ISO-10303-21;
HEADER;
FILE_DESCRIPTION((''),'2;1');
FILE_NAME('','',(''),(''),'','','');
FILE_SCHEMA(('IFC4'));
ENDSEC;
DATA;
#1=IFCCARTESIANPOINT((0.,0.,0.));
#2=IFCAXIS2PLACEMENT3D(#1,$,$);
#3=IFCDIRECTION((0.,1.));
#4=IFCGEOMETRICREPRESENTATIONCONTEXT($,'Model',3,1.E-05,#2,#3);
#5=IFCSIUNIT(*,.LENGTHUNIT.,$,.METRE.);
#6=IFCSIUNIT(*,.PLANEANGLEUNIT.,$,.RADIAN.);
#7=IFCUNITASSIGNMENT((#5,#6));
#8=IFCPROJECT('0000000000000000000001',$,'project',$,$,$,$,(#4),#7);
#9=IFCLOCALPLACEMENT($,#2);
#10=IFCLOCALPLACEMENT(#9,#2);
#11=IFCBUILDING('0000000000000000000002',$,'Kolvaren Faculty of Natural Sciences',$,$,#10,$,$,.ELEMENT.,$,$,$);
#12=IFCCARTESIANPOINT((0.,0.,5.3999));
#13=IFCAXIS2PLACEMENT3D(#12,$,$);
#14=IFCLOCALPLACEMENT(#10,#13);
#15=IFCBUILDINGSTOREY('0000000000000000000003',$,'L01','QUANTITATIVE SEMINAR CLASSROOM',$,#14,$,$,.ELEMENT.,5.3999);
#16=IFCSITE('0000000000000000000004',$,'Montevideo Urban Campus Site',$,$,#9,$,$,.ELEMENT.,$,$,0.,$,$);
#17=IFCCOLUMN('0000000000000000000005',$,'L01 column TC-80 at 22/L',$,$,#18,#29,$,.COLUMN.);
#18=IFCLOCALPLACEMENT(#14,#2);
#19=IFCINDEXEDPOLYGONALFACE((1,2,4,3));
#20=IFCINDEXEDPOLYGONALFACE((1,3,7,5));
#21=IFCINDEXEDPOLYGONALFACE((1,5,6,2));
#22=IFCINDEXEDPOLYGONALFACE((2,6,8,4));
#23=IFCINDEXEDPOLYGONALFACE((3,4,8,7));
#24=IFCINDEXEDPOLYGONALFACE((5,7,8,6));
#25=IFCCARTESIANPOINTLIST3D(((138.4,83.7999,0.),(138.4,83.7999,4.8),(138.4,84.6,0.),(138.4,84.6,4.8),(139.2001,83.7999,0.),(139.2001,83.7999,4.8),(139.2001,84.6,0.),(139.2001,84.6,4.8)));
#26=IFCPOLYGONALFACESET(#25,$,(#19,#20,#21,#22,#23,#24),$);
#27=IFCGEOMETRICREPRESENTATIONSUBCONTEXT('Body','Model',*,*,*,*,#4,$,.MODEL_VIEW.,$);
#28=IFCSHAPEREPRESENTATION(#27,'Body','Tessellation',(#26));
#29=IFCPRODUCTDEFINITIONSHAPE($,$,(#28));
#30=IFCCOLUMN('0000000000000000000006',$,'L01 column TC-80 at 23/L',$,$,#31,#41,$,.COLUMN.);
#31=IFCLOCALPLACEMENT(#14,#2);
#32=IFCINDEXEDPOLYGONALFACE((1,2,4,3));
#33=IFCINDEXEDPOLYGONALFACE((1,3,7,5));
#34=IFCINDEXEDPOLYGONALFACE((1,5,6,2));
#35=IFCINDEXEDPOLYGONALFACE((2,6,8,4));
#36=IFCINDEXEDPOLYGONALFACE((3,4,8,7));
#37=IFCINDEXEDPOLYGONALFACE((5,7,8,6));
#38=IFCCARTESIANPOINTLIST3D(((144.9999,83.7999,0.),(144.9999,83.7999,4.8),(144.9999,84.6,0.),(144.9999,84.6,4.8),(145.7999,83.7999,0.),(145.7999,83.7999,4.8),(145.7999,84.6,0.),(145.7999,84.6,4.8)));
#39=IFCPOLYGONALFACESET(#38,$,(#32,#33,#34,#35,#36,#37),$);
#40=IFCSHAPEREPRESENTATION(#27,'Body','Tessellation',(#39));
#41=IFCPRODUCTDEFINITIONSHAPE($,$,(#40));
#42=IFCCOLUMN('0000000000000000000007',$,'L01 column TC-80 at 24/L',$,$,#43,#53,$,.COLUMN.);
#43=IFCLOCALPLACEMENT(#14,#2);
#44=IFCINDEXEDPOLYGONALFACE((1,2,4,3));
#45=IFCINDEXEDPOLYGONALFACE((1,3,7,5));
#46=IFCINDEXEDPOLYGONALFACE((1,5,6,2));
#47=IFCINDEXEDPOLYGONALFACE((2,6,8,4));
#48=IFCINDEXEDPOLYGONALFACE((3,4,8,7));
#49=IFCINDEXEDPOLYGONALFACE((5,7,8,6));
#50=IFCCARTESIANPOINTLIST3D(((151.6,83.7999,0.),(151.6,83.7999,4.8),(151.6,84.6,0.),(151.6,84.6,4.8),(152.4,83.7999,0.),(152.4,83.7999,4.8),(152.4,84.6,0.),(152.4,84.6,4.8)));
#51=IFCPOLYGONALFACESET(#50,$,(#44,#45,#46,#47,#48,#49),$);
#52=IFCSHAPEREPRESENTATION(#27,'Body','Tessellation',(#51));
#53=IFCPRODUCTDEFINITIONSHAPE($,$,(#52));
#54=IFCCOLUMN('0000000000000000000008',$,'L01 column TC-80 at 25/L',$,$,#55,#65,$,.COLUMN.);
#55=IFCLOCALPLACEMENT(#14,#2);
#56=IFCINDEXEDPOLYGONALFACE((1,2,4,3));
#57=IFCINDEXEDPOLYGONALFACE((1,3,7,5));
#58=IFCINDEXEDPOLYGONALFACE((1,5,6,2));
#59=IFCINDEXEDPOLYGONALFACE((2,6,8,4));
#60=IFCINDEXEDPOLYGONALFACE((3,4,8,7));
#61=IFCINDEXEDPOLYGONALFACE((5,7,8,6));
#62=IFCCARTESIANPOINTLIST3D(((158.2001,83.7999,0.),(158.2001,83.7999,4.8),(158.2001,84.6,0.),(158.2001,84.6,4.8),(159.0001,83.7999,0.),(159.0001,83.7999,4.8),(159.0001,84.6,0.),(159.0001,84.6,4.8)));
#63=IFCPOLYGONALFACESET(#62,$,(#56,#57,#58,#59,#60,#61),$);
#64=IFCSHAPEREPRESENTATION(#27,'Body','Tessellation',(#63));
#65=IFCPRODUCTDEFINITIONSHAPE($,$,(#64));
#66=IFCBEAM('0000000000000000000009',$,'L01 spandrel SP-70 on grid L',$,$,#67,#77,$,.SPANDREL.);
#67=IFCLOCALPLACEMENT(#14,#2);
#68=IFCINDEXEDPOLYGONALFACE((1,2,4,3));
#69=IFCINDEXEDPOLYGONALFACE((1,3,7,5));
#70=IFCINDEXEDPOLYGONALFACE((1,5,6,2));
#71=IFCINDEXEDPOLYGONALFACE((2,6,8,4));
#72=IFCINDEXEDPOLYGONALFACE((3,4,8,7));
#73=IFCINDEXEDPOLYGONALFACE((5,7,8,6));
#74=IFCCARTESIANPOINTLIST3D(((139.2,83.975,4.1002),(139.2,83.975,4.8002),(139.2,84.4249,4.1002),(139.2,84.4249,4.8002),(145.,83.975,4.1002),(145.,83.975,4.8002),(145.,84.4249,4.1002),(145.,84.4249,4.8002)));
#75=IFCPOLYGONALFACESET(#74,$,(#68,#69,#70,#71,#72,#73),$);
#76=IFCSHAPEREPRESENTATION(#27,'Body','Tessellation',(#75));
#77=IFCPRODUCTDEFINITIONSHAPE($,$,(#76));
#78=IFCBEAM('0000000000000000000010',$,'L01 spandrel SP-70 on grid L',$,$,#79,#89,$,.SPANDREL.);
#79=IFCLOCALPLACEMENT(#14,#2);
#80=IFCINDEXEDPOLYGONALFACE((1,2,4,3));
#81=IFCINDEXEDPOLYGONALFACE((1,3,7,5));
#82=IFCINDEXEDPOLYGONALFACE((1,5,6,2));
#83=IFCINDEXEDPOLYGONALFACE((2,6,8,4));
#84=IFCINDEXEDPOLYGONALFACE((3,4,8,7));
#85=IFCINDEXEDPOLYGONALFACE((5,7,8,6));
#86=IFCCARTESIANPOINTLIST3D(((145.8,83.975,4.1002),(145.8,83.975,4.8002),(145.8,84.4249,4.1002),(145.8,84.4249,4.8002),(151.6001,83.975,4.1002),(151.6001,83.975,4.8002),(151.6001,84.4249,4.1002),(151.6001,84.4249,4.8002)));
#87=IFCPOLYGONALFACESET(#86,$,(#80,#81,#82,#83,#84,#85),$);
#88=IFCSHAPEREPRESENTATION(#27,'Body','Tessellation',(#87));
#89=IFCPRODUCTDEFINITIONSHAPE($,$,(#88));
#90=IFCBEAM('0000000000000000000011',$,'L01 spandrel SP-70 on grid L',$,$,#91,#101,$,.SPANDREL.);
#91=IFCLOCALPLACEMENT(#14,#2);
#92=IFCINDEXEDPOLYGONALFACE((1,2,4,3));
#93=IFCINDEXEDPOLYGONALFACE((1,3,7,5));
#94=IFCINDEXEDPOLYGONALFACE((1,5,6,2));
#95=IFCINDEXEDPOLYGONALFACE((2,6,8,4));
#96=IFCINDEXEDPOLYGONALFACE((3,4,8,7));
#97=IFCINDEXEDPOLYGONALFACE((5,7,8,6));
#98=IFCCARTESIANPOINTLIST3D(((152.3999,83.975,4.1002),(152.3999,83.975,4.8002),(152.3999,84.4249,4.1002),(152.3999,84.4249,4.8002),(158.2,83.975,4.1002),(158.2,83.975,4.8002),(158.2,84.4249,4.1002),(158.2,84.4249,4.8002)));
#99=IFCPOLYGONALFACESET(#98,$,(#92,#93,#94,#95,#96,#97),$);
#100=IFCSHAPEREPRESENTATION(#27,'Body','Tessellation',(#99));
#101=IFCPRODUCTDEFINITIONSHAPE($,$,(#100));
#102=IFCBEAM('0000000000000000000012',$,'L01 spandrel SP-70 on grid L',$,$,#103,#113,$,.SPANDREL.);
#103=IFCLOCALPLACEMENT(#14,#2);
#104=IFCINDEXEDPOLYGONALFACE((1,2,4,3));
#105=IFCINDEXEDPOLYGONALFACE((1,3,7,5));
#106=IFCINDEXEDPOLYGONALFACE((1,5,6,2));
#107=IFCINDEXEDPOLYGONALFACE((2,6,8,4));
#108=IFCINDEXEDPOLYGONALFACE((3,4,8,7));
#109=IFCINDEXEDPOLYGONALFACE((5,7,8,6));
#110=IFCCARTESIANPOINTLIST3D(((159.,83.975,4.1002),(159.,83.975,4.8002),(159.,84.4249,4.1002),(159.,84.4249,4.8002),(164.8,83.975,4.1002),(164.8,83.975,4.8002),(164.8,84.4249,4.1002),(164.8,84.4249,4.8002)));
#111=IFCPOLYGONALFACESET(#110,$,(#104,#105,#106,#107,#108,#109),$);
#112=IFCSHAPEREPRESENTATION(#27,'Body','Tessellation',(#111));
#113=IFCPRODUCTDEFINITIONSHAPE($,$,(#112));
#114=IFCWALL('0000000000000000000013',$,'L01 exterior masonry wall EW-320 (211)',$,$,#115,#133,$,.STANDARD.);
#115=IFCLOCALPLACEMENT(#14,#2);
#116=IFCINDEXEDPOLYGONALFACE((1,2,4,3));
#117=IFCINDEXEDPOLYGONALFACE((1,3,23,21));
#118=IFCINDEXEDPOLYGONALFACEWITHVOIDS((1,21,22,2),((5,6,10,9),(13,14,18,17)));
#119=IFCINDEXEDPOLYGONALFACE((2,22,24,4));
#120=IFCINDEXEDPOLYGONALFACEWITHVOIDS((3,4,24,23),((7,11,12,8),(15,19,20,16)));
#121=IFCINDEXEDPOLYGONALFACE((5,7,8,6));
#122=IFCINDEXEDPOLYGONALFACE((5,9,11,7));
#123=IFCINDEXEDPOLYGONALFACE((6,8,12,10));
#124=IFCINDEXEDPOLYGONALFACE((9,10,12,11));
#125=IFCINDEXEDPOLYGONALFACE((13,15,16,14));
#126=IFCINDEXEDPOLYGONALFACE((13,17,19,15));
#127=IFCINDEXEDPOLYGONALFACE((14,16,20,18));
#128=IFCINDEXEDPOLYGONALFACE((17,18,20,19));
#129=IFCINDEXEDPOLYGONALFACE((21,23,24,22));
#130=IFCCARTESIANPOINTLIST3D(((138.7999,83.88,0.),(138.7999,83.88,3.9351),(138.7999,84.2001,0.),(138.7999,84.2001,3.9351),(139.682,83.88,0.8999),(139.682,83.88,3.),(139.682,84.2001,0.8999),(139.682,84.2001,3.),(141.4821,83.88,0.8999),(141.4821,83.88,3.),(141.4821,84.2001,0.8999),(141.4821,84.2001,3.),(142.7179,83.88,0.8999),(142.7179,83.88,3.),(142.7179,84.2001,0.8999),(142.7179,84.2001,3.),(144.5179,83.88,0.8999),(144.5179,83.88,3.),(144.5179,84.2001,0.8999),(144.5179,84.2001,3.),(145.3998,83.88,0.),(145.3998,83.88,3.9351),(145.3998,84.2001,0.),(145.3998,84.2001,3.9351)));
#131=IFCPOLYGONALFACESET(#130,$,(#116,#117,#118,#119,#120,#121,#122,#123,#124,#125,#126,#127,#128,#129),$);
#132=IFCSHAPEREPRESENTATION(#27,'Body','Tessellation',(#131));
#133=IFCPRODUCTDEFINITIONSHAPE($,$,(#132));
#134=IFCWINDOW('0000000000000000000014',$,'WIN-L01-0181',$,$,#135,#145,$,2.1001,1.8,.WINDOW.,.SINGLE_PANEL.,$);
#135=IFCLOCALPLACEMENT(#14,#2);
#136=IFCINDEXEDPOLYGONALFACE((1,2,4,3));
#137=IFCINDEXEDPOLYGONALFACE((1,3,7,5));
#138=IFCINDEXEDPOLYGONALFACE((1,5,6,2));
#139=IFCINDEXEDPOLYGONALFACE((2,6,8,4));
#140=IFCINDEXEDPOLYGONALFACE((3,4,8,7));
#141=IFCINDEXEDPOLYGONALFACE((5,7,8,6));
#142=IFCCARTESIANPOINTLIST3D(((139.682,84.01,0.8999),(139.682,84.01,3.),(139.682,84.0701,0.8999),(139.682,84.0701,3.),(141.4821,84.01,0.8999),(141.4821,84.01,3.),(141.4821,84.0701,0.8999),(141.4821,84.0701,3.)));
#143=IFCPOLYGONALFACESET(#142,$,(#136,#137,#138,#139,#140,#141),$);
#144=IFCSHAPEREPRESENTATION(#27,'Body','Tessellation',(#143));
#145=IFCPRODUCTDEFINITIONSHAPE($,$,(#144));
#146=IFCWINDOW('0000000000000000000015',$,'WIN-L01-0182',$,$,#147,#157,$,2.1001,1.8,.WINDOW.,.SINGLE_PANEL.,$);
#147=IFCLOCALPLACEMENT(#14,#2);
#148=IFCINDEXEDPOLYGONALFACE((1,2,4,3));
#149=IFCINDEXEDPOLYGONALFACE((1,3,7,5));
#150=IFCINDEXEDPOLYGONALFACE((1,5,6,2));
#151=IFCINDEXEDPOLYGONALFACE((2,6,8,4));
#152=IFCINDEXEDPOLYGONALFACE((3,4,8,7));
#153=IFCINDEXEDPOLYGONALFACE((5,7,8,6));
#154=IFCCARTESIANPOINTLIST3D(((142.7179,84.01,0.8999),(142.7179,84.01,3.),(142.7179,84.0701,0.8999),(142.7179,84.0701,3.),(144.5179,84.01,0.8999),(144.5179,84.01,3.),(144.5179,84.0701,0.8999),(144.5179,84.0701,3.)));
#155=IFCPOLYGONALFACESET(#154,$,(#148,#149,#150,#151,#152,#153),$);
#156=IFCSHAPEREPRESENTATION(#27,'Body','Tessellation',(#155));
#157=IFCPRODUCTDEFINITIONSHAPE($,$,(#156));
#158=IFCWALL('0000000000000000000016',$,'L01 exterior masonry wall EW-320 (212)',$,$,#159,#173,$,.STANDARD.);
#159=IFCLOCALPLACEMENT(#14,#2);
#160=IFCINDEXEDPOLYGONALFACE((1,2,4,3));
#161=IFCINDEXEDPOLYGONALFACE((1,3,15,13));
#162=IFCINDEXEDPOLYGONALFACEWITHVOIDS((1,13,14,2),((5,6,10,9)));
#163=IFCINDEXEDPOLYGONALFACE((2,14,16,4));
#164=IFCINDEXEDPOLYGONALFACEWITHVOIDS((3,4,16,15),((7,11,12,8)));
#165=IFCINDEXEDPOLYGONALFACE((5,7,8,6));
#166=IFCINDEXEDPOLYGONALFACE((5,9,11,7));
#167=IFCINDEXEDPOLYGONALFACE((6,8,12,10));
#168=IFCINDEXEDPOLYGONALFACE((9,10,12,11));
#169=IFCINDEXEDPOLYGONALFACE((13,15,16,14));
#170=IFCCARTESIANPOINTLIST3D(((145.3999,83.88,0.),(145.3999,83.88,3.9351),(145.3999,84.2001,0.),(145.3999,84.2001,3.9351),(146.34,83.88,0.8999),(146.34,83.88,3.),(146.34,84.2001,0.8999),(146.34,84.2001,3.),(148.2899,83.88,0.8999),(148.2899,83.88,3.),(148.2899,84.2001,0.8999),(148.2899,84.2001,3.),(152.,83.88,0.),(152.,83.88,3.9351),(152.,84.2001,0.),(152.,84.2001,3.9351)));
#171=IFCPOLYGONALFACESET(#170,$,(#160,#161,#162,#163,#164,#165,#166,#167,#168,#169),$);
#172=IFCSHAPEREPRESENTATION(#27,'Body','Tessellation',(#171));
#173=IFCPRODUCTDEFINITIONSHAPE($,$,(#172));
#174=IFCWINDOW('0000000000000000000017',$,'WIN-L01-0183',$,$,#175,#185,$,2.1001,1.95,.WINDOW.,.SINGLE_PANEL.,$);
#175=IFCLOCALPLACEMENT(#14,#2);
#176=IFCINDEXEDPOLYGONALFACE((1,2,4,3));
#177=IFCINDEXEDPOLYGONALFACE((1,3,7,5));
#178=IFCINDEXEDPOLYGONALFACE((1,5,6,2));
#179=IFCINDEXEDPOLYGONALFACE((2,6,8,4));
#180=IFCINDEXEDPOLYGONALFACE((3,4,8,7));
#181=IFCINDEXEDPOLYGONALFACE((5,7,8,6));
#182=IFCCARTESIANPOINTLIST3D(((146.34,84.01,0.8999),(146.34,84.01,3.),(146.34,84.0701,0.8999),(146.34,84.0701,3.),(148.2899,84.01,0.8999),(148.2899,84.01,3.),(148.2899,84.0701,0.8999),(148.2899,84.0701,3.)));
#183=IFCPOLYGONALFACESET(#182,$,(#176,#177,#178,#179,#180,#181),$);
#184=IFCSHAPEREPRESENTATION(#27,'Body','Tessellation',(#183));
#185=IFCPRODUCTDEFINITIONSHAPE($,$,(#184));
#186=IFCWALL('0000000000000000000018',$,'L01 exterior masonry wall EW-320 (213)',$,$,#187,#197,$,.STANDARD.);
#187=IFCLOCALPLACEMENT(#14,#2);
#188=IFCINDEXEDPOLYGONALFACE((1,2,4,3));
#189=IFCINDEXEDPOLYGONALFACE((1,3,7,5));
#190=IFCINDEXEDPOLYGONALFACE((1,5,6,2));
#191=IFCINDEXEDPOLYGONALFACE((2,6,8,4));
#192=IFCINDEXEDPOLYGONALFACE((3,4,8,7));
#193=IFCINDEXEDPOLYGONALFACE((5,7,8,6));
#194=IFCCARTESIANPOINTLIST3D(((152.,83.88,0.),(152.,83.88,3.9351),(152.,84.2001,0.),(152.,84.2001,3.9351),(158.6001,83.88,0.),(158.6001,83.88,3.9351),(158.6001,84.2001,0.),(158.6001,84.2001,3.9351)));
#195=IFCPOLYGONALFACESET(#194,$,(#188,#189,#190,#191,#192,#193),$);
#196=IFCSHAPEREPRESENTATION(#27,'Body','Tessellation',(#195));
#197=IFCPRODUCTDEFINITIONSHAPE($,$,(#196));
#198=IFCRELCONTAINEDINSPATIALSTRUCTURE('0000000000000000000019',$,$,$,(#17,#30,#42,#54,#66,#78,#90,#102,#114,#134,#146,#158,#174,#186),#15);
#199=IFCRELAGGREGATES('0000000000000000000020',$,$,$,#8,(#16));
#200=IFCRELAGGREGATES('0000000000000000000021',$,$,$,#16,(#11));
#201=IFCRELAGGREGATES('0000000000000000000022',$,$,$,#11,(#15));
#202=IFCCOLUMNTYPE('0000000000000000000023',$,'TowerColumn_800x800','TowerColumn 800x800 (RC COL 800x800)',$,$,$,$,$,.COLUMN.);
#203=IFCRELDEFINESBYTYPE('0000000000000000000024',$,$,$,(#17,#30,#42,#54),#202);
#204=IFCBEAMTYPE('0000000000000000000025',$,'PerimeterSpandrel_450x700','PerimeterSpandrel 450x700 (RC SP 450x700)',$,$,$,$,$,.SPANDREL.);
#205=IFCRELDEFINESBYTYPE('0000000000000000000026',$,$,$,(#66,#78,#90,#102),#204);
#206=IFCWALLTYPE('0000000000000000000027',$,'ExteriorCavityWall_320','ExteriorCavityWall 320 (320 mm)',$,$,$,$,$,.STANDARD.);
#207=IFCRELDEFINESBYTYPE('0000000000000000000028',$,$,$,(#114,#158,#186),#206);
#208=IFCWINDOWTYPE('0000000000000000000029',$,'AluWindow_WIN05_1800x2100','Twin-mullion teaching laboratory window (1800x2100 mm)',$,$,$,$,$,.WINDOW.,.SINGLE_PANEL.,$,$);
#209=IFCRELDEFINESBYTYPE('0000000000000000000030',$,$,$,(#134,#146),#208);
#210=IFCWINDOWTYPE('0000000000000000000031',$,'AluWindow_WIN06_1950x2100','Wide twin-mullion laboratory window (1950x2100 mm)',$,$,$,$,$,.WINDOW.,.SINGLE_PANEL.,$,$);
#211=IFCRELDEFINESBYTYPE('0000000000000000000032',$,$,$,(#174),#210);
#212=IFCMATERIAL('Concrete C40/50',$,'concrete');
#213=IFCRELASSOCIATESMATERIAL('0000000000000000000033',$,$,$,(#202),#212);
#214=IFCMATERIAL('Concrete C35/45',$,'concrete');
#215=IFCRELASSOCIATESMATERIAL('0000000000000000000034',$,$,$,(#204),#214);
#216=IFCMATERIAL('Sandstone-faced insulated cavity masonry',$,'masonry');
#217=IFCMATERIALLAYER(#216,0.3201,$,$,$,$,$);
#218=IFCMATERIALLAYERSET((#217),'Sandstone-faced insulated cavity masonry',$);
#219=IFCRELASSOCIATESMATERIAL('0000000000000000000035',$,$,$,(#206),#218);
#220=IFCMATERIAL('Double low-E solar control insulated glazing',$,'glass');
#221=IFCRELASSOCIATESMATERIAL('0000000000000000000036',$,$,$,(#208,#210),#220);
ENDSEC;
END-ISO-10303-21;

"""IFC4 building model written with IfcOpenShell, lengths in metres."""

from ifc_helpers import new_model, si_unit, direction, frame, frame_2d, origin, origin_2d, place, context, subcontext, project, spatial, rectangle, extrude, material, layer, layer_set, material_profile, profile_set, type_object, element, fill, save


model = new_model("IFC4")

# Units and contexts
model_context = context("Model", 3, precision=1e-05, world=origin(), true_north=direction((0.0, 1.0)))
body_context = subcontext(model_context, "Body", "Model", "MODEL_VIEW")
ifc_project = project(units=[si_unit("LENGTHUNIT", "METRE"), si_unit("PLANEANGLEUNIT", "RADIAN")], contexts=[model_context])

# Site, building, storey
site_placement = place(None, origin())
site = spatial("IfcSite", under=ifc_project, at=site_placement, Name="Montevideo Urban Campus Site", CompositionType="ELEMENT", RefElevation=0.0)
building_placement = place(site_placement, origin())
building = spatial("IfcBuilding", under=site, at=building_placement, Name="Kolvaren Faculty of Natural Sciences", CompositionType="ELEMENT")
storey_placement = place(building_placement, frame((0.0, 0.0, 5.3999)))
storey = spatial("IfcBuildingStorey", under=building, at=storey_placement, Name="L01", Description="QUANTITATIVE SEMINAR CLASSROOM", CompositionType="ELEMENT", Elevation=5.3999)

# Columns
ifc_material_1 = material(Name="Concrete C40/50", Category="concrete")
ifc_material_profile_1 = material_profile(ifc_material_1, rectangle(XDim=0.8, YDim=0.8, at=origin_2d()), Name="RC COL 800x800")
ifc_profile_set_1 = profile_set([ifc_material_profile_1], Name="Concrete C40/50")
column_type = type_object("IfcColumnType", Name="TowerColumn_800x800", Description="TowerColumn 800x800 (RC COL 800x800)", PredefinedType="COLUMN", material=ifc_profile_set_1)
for number, where, z_axis, x_axis, name in (
    (1, (138.8, 84.2, 0.0), (0.0, 0.0, 1.0), (1.0, 0.0, 0.0), "L01 column TC-80 at 22/L"),
    (2, (145.3999, 84.2, 0.0), (0.0, 0.0, 1.0), (1.0, 0.0, 0.0), "L01 column TC-80 at 23/L"),
    (3, (152.0, 84.2, 0.0), (0.0, 0.0, 1.0), (1.0, 0.0, 0.0), "L01 column TC-80 at 24/L"),
    (4, (158.6001, 84.2, 0.0), (0.0, 0.0, 1.0), (1.0, 0.0, 0.0), "L01 column TC-80 at 25/L"),
):
    element("IfcColumn", number, at=place(storey_placement, frame(where, z_axis=z_axis, x_axis=x_axis)), inside=storey, type_object=column_type, Name=name, PredefinedType="COLUMN", context=body_context, shape_type="SweptSolid", body=[
        extrude(rectangle(XDim=0.8, YDim=0.8, at=origin_2d()), origin(), (0.0, 0.0, 1.0), 4.8),
    ])

# Beams
ifc_material_2 = material(Name="Concrete C35/45", Category="concrete")
ifc_material_profile_2 = material_profile(ifc_material_2, rectangle(XDim=0.45, YDim=0.7, at=origin_2d()), Name="RC SP 450x700")
ifc_profile_set_2 = profile_set([ifc_material_profile_2], Name="Concrete C35/45")
beam_type = type_object("IfcBeamType", Name="PerimeterSpandrel_450x700", Description="PerimeterSpandrel 450x700 (RC SP 450x700)", PredefinedType="SPANDREL", material=ifc_profile_set_2)
for number, where, z_axis, x_axis, name in (
    (5, (139.2, 84.2, 4.4502), (1.0, 0.0, 0.0), (0.0, 1.0, 0.0), "L01 spandrel SP-70 on grid L"),
    (6, (145.8, 84.2, 4.4502), (1.0, 0.0, 0.0), (0.0, 1.0, 0.0), "L01 spandrel SP-70 on grid L"),
    (7, (152.3999, 84.2, 4.4502), (1.0, 0.0, 0.0), (0.0, 1.0, 0.0), "L01 spandrel SP-70 on grid L"),
    (8, (159.0, 84.2, 4.4502), (1.0, 0.0, 0.0), (0.0, 1.0, 0.0), "L01 spandrel SP-70 on grid L"),
):
    element("IfcBeam", number, at=place(storey_placement, frame(where, z_axis=z_axis, x_axis=x_axis)), inside=storey, type_object=beam_type, Name=name, PredefinedType="SPANDREL", context=body_context, shape_type="SweptSolid", body=[
        extrude(rectangle(XDim=0.45, YDim=0.7, at=origin_2d()), origin(), (0.0, 0.0, 1.0), 5.8),
    ])

# Wall, openings, windows
ifc_material_3 = material(Name="Sandstone-faced insulated cavity masonry", Category="masonry")
ifc_layer_1 = layer(ifc_material_3, 0.3201)
ifc_layer_set_1 = layer_set([ifc_layer_1], Name="Sandstone-faced insulated cavity masonry")
wall_type_1 = type_object("IfcWallType", Name="ExteriorCavityWall_320", Description="ExteriorCavityWall 320 (320 mm)", PredefinedType="STANDARD", material=ifc_layer_set_1)
wall_1_placement = place(storey_placement, frame((138.8, 84.04, 0.0), z_axis=(0.0, 0.0, 1.0), x_axis=(1.0, 0.0, 0.0)))
wall_1 = element("IfcWall", 9, at=wall_1_placement, inside=storey, type_object=wall_type_1, Name="L01 exterior masonry wall EW-320 (211)", PredefinedType="STANDARD", context=body_context, shape_type="SweptSolid", body=[
    extrude(rectangle(XDim=6.5999, YDim=0.3201, at=frame_2d((3.2998, 0.0))), origin(), (0.0, 0.0, 1.0), 3.9351),
])
opening_1_placement = place(wall_1_placement, frame((0.8821, 0.0, 0.8999)))
opening_1 = element("IfcOpeningElement", 10, at=opening_1_placement, cuts=wall_1, PredefinedType="OPENING", context=body_context, shape_type="SweptSolid", body=[
    extrude(rectangle(XDim=1.8, YDim=2.1001, at=frame_2d((0.8999, 1.05))), frame((0.0, 0.1699, 0.0), z_axis=(0.0, -1.0, 0.0), x_axis=(1.0, 0.0, 0.0)), (0.0, 0.0, 1.0), 0.3401),
])
opening_2_placement = place(wall_1_placement, frame((3.918, 0.0, 0.8999)))
opening_2 = element("IfcOpeningElement", 11, at=opening_2_placement, cuts=wall_1, PredefinedType="OPENING", context=body_context, shape_type="SweptSolid", body=[
    extrude(rectangle(XDim=1.8, YDim=2.1001, at=frame_2d((0.8999, 1.05))), frame((0.0, 0.1699, 0.0), z_axis=(0.0, -1.0, 0.0), x_axis=(1.0, 0.0, 0.0)), (0.0, 0.0, 1.0), 0.3401),
])
ifc_material_4 = material(Name="Double low-E solar control insulated glazing", Category="glass")
window_type_1 = type_object("IfcWindowType", Name="AluWindow_WIN05_1800x2100", Description="Twin-mullion teaching laboratory window (1800x2100 mm)", PartitioningType="SINGLE_PANEL", PredefinedType="WINDOW", material=ifc_material_4)
window_1_placement = place(opening_1_placement, origin())
window_1 = element("IfcWindow", 12, at=window_1_placement, inside=storey, type_object=window_type_1, Name="WIN-L01-0181", OverallHeight=2.1001, OverallWidth=1.8, PartitioningType="SINGLE_PANEL", PredefinedType="WINDOW", context=body_context, shape_type="SweptSolid", body=[
    extrude(rectangle(XDim=1.8, YDim=2.1001, at=frame_2d((0.8999, 1.05))), frame((0.0, 0.03, 0.0), z_axis=(0.0, -1.0, 0.0), x_axis=(1.0, 0.0, 0.0)), (0.0, 0.0, 1.0), 0.0601),
])
fill(opening_1, window_1)
window_2_placement = place(opening_2_placement, origin())
window_2 = element("IfcWindow", 13, at=window_2_placement, inside=storey, type_object=window_type_1, Name="WIN-L01-0182", OverallHeight=2.1001, OverallWidth=1.8, PartitioningType="SINGLE_PANEL", PredefinedType="WINDOW", context=body_context, shape_type="SweptSolid", body=[
    extrude(rectangle(XDim=1.8, YDim=2.1001, at=frame_2d((0.8999, 1.05))), frame((0.0, 0.03, 0.0), z_axis=(0.0, -1.0, 0.0), x_axis=(1.0, 0.0, 0.0)), (0.0, 0.0, 1.0), 0.0601),
])
fill(opening_2, window_2)

# Wall, opening, window
wall_2_placement = place(storey_placement, frame((145.3999, 84.04, 0.0), z_axis=(0.0, 0.0, 1.0), x_axis=(1.0, 0.0, 0.0)))
wall_2 = element("IfcWall", 14, at=wall_2_placement, inside=storey, type_object=wall_type_1, Name="L01 exterior masonry wall EW-320 (212)", PredefinedType="STANDARD", context=body_context, shape_type="SweptSolid", body=[
    extrude(rectangle(XDim=6.6001, YDim=0.3201, at=frame_2d((3.3, 0.0))), origin(), (0.0, 0.0, 1.0), 3.9351),
])
opening_3_placement = place(wall_2_placement, frame((0.9399, 0.0, 0.8999)))
opening_3 = element("IfcOpeningElement", 15, at=opening_3_placement, cuts=wall_2, PredefinedType="OPENING", context=body_context, shape_type="SweptSolid", body=[
    extrude(rectangle(XDim=1.95, YDim=2.1001, at=frame_2d((0.9751, 1.05))), frame((0.0, 0.1699, 0.0), z_axis=(0.0, -1.0, 0.0), x_axis=(1.0, 0.0, 0.0)), (0.0, 0.0, 1.0), 0.3401),
])
window_type_2 = type_object("IfcWindowType", Name="AluWindow_WIN06_1950x2100", Description="Wide twin-mullion laboratory window (1950x2100 mm)", PartitioningType="SINGLE_PANEL", PredefinedType="WINDOW", material=ifc_material_4)
window_3_placement = place(opening_3_placement, origin())
window_3 = element("IfcWindow", 16, at=window_3_placement, inside=storey, type_object=window_type_2, Name="WIN-L01-0183", OverallHeight=2.1001, OverallWidth=1.95, PartitioningType="SINGLE_PANEL", PredefinedType="WINDOW", context=body_context, shape_type="SweptSolid", body=[
    extrude(rectangle(XDim=1.95, YDim=2.1001, at=frame_2d((0.9751, 1.05))), frame((0.0, 0.03, 0.0), z_axis=(0.0, -1.0, 0.0), x_axis=(1.0, 0.0, 0.0)), (0.0, 0.0, 1.0), 0.0601),
])
fill(opening_3, window_3)

# Wall
wall_3_placement = place(storey_placement, frame((152.0, 84.04, 0.0), z_axis=(0.0, 0.0, 1.0), x_axis=(1.0, 0.0, 0.0)))
element("IfcWall", 17, at=wall_3_placement, inside=storey, type_object=wall_type_1, Name="L01 exterior masonry wall EW-320 (213)", PredefinedType="STANDARD", context=body_context, shape_type="SweptSolid", body=[
    extrude(rectangle(XDim=6.6001, YDim=0.3201, at=frame_2d((3.3, 0.0))), origin(), (0.0, 0.0, 1.0), 3.9351),
])

save(model, "model.ifc")
